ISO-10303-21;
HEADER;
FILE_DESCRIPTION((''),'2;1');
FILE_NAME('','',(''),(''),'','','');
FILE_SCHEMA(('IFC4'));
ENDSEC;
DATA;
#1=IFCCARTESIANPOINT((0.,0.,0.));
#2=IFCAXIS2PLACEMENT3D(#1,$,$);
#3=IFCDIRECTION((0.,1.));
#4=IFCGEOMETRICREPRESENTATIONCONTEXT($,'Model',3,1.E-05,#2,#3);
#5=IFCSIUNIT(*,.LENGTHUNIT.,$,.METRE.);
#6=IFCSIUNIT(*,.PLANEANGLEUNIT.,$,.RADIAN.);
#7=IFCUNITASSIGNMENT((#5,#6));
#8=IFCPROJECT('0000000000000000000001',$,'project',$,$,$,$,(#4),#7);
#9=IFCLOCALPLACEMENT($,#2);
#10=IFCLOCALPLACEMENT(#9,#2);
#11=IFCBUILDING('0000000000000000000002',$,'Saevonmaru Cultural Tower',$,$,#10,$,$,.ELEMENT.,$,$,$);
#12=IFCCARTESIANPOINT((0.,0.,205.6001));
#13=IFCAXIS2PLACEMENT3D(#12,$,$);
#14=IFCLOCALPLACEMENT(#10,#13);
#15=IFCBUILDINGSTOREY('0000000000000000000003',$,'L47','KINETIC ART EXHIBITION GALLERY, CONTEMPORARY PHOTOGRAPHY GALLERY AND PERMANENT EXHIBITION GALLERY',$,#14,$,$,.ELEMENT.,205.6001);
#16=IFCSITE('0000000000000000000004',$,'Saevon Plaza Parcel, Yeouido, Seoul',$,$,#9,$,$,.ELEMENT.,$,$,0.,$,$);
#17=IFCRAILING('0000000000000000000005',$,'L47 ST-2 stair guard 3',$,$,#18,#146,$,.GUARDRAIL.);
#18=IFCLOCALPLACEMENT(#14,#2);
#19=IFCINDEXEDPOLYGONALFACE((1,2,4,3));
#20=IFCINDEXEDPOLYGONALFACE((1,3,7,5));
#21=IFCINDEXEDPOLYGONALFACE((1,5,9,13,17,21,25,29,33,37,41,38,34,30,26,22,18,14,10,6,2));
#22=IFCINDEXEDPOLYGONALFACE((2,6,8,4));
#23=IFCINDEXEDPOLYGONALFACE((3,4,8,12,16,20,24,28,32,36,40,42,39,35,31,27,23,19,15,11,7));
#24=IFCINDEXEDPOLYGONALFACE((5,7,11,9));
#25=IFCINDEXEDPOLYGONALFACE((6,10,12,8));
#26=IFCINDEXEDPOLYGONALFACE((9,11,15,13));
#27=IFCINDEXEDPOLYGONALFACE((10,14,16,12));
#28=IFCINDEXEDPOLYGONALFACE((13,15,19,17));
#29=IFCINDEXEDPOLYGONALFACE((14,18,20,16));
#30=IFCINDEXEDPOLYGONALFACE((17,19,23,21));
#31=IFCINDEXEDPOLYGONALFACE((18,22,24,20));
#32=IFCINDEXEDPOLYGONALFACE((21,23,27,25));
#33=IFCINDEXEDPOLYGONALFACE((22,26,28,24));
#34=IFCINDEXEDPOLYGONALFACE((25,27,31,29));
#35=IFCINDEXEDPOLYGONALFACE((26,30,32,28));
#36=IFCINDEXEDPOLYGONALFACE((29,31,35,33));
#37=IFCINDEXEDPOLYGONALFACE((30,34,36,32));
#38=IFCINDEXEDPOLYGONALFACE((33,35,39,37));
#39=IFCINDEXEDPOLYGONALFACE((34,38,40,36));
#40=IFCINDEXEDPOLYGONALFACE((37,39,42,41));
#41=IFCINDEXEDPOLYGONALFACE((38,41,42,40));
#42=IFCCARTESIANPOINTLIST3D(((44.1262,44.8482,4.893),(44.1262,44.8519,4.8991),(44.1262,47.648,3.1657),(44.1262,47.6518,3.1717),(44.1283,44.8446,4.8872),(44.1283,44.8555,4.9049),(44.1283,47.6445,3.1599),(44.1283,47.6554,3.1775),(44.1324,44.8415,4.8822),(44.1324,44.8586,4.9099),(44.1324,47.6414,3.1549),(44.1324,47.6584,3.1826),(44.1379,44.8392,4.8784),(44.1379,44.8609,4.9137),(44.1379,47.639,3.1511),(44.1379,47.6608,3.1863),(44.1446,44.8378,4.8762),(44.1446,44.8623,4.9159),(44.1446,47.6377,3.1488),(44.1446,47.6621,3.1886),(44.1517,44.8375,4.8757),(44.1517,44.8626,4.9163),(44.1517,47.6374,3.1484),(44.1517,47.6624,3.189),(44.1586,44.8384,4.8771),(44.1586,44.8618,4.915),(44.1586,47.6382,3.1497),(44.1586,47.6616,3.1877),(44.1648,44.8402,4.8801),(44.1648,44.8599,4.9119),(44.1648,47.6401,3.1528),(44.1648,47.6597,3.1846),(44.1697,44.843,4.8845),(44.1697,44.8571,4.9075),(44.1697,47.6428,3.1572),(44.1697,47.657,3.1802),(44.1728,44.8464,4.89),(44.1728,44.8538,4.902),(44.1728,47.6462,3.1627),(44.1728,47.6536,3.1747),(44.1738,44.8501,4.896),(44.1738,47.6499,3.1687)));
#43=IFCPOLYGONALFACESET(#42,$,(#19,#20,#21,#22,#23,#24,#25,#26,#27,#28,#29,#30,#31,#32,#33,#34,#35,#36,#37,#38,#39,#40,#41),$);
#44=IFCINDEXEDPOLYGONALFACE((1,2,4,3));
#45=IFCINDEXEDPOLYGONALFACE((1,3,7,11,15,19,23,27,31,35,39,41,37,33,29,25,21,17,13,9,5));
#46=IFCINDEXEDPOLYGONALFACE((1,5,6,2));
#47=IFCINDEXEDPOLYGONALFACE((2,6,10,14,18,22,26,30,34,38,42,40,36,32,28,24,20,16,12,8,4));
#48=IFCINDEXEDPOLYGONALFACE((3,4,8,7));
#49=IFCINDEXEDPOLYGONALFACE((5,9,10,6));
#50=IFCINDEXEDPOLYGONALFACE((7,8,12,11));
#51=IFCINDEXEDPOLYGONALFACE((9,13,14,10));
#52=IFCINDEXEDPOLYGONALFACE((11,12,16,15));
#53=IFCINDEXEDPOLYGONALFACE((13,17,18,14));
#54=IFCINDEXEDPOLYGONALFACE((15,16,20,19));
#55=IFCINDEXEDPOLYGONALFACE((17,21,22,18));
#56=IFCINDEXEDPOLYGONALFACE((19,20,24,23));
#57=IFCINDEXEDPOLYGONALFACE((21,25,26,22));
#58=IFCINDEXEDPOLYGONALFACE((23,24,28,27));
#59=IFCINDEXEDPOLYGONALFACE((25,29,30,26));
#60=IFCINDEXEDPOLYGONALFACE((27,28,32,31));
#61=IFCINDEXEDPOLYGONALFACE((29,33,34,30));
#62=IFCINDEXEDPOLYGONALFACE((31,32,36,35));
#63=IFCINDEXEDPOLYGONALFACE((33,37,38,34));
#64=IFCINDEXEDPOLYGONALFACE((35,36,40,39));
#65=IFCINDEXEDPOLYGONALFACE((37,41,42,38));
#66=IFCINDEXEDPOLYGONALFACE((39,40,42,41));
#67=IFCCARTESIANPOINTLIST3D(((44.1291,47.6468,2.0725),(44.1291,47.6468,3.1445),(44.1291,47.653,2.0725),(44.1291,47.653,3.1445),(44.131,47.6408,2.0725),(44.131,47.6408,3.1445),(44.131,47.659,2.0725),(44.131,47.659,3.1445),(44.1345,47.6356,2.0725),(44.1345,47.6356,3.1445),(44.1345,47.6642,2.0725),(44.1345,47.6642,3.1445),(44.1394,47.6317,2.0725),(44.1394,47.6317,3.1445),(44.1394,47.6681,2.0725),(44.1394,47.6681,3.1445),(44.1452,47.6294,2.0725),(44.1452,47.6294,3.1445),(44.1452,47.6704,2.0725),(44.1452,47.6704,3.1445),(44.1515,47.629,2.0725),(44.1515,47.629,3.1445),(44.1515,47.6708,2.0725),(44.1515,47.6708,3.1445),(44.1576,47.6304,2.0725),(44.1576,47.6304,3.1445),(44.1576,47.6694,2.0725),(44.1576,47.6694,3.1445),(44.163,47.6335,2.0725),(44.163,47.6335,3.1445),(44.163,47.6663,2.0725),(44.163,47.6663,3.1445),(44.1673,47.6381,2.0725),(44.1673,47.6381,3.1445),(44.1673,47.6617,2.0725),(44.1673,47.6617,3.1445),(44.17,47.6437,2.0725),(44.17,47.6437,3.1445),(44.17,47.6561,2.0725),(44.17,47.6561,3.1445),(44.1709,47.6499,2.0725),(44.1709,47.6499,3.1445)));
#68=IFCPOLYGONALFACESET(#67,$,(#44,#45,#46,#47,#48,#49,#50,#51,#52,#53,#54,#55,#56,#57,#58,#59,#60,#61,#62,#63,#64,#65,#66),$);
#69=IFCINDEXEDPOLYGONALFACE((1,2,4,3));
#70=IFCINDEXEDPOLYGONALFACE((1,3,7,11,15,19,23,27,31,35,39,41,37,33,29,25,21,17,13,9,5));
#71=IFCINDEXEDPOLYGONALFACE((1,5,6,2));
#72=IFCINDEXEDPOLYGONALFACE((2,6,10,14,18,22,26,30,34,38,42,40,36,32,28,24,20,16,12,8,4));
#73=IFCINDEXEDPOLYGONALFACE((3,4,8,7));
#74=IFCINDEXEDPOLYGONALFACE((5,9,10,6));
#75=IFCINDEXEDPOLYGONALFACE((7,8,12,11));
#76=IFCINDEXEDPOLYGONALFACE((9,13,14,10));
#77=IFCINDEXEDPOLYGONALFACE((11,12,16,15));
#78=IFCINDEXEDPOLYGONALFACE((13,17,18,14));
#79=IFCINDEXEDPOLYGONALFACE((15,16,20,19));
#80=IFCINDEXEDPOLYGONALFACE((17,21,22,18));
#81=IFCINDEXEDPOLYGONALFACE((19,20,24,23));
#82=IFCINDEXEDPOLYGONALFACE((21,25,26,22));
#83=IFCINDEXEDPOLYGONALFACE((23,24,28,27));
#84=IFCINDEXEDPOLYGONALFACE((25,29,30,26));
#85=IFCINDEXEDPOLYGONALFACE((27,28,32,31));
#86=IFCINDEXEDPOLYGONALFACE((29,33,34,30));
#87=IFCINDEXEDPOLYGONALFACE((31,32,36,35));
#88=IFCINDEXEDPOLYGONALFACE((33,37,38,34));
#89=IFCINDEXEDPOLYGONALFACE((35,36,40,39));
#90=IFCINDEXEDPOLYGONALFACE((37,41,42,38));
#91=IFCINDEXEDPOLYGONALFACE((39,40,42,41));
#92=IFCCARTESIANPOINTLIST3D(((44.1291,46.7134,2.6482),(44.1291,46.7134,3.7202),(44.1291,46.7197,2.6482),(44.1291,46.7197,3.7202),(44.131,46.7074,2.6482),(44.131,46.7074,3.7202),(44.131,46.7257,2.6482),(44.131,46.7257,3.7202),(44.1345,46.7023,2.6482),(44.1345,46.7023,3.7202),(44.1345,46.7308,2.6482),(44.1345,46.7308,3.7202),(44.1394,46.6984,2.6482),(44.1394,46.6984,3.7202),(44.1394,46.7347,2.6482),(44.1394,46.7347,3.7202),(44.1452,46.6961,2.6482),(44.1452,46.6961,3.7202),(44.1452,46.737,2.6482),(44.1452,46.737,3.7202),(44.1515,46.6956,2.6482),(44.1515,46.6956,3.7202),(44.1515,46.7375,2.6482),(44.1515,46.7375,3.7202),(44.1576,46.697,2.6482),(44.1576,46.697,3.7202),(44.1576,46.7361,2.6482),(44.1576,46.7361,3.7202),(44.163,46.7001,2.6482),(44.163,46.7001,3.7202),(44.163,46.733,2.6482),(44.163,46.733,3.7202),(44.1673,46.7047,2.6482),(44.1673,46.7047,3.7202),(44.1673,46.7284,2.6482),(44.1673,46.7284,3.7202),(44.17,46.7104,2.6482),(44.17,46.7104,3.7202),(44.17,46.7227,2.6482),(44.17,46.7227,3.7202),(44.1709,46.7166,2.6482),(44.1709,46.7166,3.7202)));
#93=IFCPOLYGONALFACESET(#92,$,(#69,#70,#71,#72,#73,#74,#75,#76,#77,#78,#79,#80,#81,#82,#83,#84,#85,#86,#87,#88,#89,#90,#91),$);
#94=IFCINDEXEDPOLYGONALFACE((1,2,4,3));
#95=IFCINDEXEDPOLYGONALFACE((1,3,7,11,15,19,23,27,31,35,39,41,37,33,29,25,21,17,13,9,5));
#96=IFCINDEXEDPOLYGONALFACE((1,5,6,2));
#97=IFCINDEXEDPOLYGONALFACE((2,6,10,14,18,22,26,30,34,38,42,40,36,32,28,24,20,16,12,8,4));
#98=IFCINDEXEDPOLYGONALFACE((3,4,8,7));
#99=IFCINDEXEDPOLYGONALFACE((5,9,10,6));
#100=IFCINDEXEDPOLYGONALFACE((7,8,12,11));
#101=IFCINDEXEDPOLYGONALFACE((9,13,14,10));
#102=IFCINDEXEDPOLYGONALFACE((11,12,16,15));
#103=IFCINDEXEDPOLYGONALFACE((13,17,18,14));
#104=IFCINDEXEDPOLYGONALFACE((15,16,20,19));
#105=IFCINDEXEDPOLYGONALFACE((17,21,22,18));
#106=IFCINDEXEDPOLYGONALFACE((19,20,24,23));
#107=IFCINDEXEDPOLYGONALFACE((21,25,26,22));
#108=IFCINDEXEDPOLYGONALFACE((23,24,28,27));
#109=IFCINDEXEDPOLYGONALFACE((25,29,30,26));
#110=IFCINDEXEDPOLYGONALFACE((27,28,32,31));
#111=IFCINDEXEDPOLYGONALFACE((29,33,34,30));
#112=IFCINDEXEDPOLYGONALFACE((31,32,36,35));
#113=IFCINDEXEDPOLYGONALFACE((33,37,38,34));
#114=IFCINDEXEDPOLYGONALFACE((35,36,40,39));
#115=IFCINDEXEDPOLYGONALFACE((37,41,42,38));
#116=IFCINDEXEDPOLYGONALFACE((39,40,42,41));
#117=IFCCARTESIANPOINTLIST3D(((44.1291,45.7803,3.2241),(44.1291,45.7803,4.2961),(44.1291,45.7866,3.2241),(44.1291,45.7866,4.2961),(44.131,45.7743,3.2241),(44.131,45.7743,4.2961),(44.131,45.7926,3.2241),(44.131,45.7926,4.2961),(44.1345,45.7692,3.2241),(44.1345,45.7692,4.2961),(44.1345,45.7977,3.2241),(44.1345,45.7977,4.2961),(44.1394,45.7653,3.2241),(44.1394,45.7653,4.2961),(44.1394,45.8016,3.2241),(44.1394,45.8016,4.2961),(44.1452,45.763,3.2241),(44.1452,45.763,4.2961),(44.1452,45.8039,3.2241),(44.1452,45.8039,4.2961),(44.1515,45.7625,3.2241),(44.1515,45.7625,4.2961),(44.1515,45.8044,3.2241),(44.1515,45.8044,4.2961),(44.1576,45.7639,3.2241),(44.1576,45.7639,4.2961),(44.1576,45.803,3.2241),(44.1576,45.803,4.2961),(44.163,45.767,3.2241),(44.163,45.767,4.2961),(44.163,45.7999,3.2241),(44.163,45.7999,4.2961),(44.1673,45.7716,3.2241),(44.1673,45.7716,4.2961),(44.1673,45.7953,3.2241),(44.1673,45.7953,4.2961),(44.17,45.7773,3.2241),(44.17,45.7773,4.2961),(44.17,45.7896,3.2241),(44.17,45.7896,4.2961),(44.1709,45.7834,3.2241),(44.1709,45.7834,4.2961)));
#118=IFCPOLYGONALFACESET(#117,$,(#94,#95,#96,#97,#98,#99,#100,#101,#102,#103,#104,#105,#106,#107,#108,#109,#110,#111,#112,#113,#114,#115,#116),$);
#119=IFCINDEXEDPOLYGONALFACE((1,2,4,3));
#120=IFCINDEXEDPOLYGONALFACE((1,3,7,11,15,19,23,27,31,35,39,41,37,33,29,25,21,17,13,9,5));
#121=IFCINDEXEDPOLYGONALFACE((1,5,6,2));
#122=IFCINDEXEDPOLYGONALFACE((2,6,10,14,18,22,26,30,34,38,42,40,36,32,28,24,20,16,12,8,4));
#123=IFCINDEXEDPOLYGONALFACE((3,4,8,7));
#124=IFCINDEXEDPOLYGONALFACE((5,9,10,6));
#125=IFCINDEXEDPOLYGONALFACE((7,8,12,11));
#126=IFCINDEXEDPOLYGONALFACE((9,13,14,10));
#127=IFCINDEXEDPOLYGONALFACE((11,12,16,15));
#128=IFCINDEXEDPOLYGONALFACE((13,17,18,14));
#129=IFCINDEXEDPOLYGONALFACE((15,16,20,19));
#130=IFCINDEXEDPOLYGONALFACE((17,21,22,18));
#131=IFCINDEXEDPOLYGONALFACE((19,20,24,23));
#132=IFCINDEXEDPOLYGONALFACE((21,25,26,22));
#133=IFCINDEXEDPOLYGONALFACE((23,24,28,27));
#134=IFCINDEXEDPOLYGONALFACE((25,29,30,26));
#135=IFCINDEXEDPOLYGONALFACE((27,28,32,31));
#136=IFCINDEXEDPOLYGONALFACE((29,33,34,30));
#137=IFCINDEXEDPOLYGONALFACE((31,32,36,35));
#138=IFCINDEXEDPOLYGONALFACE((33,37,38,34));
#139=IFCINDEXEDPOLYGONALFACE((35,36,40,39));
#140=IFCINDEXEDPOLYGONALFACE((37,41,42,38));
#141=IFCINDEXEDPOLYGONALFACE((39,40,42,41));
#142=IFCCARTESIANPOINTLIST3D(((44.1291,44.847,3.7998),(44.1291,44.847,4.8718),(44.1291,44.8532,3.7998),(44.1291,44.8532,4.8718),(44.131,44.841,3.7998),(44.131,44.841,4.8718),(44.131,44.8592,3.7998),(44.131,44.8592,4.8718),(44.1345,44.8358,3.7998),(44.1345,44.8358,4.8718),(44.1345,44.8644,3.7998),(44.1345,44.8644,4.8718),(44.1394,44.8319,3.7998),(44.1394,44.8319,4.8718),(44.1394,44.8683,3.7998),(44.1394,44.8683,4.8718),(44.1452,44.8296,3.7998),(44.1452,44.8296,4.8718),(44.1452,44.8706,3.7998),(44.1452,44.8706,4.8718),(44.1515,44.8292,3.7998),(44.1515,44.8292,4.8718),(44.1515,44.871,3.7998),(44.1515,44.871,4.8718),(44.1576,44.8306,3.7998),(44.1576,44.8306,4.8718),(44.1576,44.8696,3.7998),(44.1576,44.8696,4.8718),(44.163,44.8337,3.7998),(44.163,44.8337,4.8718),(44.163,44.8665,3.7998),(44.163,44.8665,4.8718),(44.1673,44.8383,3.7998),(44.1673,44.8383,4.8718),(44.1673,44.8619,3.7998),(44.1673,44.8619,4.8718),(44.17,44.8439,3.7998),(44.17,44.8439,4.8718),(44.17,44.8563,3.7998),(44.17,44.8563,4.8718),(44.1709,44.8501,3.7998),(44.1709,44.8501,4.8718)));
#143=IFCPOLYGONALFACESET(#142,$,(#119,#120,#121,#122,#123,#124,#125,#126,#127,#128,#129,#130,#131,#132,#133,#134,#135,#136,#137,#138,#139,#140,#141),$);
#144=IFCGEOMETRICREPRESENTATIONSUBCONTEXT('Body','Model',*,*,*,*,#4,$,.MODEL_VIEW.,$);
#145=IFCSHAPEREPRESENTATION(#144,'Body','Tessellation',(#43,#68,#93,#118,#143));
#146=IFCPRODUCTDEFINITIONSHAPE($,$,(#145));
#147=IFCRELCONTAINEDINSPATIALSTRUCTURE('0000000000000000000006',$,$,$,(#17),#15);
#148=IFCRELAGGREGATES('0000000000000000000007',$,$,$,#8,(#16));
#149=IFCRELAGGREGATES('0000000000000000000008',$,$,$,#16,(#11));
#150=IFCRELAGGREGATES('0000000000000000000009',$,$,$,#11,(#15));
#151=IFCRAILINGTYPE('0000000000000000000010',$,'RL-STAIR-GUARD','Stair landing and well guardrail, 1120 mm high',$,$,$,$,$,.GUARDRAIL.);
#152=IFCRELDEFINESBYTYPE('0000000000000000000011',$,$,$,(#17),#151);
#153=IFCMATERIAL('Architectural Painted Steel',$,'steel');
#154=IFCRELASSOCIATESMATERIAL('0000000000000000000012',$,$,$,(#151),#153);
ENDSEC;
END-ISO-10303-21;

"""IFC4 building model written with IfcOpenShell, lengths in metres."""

from ifc_helpers import new_model, si_unit, direction, frame, origin, origin_2d, place, context, subcontext, project, spatial, circle, extrude, material, type_object, element, save


model = new_model("IFC4")

# Units and contexts
model_context = context("Model", 3, precision=1e-05, world=origin(), true_north=direction((0.0, 1.0)))
body_context = subcontext(model_context, "Body", "Model", "MODEL_VIEW")
ifc_project = project(units=[si_unit("LENGTHUNIT", "METRE"), si_unit("PLANEANGLEUNIT", "RADIAN")], contexts=[model_context])

# Site, building, storey
site_placement = place(None, origin())
site = spatial("IfcSite", under=ifc_project, at=site_placement, Name="Saevon Plaza Parcel, Yeouido, Seoul", CompositionType="ELEMENT", RefElevation=0.0)
building_placement = place(site_placement, origin())
building = spatial("IfcBuilding", under=site, at=building_placement, Name="Saevonmaru Cultural Tower", CompositionType="ELEMENT")
storey_placement = place(building_placement, frame((0.0, 0.0, 205.6001)))
storey = spatial("IfcBuildingStorey", under=building, at=storey_placement, Name="L47", Description="KINETIC ART EXHIBITION GALLERY, CONTEMPORARY PHOTOGRAPHY GALLERY AND PERMANENT EXHIBITION GALLERY", CompositionType="ELEMENT", Elevation=205.6001)

# Railing
ifc_material_1 = material(Name="Architectural Painted Steel", Category="steel")
railing_type_1 = type_object("IfcRailingType", Name="RL-STAIR-GUARD", Description="Stair landing and well guardrail, 1120 mm high", PredefinedType="GUARDRAIL", material=ifc_material_1)
railing_1_placement = place(storey_placement, frame((44.1499, 47.6499, 2.0725)))
element("IfcRailing", 1, at=railing_1_placement, inside=storey, type_object=railing_type_1, Name="L47 ST-2 stair guard 3", PredefinedType="GUARDRAIL", context=body_context, shape_type="SweptSolid", body=[
    extrude(circle(Radius=0.0239, at=origin_2d()), frame((0.0, 0.0, 1.0962), z_axis=(0.0, -0.851069, 0.525054), x_axis=(1.0, 0.0, 0.0)), (0.0, 0.0, 1.0), 3.2898),
    extrude(circle(Radius=0.021, at=origin_2d()), origin(), (0.0, 0.0, 1.0), 1.072),
    extrude(circle(Radius=0.021, at=origin_2d()), frame((0.0, -0.9333, 0.5757)), (0.0, 0.0, 1.0), 1.072),
    extrude(circle(Radius=0.021, at=origin_2d()), frame((0.0, -1.8665, 1.1516)), (0.0, 0.0, 1.0), 1.072),
    extrude(circle(Radius=0.021, at=origin_2d()), frame((0.0, -2.7998, 1.7273)), (0.0, 0.0, 1.0), 1.072),
])

save(model, "model.ifc")
